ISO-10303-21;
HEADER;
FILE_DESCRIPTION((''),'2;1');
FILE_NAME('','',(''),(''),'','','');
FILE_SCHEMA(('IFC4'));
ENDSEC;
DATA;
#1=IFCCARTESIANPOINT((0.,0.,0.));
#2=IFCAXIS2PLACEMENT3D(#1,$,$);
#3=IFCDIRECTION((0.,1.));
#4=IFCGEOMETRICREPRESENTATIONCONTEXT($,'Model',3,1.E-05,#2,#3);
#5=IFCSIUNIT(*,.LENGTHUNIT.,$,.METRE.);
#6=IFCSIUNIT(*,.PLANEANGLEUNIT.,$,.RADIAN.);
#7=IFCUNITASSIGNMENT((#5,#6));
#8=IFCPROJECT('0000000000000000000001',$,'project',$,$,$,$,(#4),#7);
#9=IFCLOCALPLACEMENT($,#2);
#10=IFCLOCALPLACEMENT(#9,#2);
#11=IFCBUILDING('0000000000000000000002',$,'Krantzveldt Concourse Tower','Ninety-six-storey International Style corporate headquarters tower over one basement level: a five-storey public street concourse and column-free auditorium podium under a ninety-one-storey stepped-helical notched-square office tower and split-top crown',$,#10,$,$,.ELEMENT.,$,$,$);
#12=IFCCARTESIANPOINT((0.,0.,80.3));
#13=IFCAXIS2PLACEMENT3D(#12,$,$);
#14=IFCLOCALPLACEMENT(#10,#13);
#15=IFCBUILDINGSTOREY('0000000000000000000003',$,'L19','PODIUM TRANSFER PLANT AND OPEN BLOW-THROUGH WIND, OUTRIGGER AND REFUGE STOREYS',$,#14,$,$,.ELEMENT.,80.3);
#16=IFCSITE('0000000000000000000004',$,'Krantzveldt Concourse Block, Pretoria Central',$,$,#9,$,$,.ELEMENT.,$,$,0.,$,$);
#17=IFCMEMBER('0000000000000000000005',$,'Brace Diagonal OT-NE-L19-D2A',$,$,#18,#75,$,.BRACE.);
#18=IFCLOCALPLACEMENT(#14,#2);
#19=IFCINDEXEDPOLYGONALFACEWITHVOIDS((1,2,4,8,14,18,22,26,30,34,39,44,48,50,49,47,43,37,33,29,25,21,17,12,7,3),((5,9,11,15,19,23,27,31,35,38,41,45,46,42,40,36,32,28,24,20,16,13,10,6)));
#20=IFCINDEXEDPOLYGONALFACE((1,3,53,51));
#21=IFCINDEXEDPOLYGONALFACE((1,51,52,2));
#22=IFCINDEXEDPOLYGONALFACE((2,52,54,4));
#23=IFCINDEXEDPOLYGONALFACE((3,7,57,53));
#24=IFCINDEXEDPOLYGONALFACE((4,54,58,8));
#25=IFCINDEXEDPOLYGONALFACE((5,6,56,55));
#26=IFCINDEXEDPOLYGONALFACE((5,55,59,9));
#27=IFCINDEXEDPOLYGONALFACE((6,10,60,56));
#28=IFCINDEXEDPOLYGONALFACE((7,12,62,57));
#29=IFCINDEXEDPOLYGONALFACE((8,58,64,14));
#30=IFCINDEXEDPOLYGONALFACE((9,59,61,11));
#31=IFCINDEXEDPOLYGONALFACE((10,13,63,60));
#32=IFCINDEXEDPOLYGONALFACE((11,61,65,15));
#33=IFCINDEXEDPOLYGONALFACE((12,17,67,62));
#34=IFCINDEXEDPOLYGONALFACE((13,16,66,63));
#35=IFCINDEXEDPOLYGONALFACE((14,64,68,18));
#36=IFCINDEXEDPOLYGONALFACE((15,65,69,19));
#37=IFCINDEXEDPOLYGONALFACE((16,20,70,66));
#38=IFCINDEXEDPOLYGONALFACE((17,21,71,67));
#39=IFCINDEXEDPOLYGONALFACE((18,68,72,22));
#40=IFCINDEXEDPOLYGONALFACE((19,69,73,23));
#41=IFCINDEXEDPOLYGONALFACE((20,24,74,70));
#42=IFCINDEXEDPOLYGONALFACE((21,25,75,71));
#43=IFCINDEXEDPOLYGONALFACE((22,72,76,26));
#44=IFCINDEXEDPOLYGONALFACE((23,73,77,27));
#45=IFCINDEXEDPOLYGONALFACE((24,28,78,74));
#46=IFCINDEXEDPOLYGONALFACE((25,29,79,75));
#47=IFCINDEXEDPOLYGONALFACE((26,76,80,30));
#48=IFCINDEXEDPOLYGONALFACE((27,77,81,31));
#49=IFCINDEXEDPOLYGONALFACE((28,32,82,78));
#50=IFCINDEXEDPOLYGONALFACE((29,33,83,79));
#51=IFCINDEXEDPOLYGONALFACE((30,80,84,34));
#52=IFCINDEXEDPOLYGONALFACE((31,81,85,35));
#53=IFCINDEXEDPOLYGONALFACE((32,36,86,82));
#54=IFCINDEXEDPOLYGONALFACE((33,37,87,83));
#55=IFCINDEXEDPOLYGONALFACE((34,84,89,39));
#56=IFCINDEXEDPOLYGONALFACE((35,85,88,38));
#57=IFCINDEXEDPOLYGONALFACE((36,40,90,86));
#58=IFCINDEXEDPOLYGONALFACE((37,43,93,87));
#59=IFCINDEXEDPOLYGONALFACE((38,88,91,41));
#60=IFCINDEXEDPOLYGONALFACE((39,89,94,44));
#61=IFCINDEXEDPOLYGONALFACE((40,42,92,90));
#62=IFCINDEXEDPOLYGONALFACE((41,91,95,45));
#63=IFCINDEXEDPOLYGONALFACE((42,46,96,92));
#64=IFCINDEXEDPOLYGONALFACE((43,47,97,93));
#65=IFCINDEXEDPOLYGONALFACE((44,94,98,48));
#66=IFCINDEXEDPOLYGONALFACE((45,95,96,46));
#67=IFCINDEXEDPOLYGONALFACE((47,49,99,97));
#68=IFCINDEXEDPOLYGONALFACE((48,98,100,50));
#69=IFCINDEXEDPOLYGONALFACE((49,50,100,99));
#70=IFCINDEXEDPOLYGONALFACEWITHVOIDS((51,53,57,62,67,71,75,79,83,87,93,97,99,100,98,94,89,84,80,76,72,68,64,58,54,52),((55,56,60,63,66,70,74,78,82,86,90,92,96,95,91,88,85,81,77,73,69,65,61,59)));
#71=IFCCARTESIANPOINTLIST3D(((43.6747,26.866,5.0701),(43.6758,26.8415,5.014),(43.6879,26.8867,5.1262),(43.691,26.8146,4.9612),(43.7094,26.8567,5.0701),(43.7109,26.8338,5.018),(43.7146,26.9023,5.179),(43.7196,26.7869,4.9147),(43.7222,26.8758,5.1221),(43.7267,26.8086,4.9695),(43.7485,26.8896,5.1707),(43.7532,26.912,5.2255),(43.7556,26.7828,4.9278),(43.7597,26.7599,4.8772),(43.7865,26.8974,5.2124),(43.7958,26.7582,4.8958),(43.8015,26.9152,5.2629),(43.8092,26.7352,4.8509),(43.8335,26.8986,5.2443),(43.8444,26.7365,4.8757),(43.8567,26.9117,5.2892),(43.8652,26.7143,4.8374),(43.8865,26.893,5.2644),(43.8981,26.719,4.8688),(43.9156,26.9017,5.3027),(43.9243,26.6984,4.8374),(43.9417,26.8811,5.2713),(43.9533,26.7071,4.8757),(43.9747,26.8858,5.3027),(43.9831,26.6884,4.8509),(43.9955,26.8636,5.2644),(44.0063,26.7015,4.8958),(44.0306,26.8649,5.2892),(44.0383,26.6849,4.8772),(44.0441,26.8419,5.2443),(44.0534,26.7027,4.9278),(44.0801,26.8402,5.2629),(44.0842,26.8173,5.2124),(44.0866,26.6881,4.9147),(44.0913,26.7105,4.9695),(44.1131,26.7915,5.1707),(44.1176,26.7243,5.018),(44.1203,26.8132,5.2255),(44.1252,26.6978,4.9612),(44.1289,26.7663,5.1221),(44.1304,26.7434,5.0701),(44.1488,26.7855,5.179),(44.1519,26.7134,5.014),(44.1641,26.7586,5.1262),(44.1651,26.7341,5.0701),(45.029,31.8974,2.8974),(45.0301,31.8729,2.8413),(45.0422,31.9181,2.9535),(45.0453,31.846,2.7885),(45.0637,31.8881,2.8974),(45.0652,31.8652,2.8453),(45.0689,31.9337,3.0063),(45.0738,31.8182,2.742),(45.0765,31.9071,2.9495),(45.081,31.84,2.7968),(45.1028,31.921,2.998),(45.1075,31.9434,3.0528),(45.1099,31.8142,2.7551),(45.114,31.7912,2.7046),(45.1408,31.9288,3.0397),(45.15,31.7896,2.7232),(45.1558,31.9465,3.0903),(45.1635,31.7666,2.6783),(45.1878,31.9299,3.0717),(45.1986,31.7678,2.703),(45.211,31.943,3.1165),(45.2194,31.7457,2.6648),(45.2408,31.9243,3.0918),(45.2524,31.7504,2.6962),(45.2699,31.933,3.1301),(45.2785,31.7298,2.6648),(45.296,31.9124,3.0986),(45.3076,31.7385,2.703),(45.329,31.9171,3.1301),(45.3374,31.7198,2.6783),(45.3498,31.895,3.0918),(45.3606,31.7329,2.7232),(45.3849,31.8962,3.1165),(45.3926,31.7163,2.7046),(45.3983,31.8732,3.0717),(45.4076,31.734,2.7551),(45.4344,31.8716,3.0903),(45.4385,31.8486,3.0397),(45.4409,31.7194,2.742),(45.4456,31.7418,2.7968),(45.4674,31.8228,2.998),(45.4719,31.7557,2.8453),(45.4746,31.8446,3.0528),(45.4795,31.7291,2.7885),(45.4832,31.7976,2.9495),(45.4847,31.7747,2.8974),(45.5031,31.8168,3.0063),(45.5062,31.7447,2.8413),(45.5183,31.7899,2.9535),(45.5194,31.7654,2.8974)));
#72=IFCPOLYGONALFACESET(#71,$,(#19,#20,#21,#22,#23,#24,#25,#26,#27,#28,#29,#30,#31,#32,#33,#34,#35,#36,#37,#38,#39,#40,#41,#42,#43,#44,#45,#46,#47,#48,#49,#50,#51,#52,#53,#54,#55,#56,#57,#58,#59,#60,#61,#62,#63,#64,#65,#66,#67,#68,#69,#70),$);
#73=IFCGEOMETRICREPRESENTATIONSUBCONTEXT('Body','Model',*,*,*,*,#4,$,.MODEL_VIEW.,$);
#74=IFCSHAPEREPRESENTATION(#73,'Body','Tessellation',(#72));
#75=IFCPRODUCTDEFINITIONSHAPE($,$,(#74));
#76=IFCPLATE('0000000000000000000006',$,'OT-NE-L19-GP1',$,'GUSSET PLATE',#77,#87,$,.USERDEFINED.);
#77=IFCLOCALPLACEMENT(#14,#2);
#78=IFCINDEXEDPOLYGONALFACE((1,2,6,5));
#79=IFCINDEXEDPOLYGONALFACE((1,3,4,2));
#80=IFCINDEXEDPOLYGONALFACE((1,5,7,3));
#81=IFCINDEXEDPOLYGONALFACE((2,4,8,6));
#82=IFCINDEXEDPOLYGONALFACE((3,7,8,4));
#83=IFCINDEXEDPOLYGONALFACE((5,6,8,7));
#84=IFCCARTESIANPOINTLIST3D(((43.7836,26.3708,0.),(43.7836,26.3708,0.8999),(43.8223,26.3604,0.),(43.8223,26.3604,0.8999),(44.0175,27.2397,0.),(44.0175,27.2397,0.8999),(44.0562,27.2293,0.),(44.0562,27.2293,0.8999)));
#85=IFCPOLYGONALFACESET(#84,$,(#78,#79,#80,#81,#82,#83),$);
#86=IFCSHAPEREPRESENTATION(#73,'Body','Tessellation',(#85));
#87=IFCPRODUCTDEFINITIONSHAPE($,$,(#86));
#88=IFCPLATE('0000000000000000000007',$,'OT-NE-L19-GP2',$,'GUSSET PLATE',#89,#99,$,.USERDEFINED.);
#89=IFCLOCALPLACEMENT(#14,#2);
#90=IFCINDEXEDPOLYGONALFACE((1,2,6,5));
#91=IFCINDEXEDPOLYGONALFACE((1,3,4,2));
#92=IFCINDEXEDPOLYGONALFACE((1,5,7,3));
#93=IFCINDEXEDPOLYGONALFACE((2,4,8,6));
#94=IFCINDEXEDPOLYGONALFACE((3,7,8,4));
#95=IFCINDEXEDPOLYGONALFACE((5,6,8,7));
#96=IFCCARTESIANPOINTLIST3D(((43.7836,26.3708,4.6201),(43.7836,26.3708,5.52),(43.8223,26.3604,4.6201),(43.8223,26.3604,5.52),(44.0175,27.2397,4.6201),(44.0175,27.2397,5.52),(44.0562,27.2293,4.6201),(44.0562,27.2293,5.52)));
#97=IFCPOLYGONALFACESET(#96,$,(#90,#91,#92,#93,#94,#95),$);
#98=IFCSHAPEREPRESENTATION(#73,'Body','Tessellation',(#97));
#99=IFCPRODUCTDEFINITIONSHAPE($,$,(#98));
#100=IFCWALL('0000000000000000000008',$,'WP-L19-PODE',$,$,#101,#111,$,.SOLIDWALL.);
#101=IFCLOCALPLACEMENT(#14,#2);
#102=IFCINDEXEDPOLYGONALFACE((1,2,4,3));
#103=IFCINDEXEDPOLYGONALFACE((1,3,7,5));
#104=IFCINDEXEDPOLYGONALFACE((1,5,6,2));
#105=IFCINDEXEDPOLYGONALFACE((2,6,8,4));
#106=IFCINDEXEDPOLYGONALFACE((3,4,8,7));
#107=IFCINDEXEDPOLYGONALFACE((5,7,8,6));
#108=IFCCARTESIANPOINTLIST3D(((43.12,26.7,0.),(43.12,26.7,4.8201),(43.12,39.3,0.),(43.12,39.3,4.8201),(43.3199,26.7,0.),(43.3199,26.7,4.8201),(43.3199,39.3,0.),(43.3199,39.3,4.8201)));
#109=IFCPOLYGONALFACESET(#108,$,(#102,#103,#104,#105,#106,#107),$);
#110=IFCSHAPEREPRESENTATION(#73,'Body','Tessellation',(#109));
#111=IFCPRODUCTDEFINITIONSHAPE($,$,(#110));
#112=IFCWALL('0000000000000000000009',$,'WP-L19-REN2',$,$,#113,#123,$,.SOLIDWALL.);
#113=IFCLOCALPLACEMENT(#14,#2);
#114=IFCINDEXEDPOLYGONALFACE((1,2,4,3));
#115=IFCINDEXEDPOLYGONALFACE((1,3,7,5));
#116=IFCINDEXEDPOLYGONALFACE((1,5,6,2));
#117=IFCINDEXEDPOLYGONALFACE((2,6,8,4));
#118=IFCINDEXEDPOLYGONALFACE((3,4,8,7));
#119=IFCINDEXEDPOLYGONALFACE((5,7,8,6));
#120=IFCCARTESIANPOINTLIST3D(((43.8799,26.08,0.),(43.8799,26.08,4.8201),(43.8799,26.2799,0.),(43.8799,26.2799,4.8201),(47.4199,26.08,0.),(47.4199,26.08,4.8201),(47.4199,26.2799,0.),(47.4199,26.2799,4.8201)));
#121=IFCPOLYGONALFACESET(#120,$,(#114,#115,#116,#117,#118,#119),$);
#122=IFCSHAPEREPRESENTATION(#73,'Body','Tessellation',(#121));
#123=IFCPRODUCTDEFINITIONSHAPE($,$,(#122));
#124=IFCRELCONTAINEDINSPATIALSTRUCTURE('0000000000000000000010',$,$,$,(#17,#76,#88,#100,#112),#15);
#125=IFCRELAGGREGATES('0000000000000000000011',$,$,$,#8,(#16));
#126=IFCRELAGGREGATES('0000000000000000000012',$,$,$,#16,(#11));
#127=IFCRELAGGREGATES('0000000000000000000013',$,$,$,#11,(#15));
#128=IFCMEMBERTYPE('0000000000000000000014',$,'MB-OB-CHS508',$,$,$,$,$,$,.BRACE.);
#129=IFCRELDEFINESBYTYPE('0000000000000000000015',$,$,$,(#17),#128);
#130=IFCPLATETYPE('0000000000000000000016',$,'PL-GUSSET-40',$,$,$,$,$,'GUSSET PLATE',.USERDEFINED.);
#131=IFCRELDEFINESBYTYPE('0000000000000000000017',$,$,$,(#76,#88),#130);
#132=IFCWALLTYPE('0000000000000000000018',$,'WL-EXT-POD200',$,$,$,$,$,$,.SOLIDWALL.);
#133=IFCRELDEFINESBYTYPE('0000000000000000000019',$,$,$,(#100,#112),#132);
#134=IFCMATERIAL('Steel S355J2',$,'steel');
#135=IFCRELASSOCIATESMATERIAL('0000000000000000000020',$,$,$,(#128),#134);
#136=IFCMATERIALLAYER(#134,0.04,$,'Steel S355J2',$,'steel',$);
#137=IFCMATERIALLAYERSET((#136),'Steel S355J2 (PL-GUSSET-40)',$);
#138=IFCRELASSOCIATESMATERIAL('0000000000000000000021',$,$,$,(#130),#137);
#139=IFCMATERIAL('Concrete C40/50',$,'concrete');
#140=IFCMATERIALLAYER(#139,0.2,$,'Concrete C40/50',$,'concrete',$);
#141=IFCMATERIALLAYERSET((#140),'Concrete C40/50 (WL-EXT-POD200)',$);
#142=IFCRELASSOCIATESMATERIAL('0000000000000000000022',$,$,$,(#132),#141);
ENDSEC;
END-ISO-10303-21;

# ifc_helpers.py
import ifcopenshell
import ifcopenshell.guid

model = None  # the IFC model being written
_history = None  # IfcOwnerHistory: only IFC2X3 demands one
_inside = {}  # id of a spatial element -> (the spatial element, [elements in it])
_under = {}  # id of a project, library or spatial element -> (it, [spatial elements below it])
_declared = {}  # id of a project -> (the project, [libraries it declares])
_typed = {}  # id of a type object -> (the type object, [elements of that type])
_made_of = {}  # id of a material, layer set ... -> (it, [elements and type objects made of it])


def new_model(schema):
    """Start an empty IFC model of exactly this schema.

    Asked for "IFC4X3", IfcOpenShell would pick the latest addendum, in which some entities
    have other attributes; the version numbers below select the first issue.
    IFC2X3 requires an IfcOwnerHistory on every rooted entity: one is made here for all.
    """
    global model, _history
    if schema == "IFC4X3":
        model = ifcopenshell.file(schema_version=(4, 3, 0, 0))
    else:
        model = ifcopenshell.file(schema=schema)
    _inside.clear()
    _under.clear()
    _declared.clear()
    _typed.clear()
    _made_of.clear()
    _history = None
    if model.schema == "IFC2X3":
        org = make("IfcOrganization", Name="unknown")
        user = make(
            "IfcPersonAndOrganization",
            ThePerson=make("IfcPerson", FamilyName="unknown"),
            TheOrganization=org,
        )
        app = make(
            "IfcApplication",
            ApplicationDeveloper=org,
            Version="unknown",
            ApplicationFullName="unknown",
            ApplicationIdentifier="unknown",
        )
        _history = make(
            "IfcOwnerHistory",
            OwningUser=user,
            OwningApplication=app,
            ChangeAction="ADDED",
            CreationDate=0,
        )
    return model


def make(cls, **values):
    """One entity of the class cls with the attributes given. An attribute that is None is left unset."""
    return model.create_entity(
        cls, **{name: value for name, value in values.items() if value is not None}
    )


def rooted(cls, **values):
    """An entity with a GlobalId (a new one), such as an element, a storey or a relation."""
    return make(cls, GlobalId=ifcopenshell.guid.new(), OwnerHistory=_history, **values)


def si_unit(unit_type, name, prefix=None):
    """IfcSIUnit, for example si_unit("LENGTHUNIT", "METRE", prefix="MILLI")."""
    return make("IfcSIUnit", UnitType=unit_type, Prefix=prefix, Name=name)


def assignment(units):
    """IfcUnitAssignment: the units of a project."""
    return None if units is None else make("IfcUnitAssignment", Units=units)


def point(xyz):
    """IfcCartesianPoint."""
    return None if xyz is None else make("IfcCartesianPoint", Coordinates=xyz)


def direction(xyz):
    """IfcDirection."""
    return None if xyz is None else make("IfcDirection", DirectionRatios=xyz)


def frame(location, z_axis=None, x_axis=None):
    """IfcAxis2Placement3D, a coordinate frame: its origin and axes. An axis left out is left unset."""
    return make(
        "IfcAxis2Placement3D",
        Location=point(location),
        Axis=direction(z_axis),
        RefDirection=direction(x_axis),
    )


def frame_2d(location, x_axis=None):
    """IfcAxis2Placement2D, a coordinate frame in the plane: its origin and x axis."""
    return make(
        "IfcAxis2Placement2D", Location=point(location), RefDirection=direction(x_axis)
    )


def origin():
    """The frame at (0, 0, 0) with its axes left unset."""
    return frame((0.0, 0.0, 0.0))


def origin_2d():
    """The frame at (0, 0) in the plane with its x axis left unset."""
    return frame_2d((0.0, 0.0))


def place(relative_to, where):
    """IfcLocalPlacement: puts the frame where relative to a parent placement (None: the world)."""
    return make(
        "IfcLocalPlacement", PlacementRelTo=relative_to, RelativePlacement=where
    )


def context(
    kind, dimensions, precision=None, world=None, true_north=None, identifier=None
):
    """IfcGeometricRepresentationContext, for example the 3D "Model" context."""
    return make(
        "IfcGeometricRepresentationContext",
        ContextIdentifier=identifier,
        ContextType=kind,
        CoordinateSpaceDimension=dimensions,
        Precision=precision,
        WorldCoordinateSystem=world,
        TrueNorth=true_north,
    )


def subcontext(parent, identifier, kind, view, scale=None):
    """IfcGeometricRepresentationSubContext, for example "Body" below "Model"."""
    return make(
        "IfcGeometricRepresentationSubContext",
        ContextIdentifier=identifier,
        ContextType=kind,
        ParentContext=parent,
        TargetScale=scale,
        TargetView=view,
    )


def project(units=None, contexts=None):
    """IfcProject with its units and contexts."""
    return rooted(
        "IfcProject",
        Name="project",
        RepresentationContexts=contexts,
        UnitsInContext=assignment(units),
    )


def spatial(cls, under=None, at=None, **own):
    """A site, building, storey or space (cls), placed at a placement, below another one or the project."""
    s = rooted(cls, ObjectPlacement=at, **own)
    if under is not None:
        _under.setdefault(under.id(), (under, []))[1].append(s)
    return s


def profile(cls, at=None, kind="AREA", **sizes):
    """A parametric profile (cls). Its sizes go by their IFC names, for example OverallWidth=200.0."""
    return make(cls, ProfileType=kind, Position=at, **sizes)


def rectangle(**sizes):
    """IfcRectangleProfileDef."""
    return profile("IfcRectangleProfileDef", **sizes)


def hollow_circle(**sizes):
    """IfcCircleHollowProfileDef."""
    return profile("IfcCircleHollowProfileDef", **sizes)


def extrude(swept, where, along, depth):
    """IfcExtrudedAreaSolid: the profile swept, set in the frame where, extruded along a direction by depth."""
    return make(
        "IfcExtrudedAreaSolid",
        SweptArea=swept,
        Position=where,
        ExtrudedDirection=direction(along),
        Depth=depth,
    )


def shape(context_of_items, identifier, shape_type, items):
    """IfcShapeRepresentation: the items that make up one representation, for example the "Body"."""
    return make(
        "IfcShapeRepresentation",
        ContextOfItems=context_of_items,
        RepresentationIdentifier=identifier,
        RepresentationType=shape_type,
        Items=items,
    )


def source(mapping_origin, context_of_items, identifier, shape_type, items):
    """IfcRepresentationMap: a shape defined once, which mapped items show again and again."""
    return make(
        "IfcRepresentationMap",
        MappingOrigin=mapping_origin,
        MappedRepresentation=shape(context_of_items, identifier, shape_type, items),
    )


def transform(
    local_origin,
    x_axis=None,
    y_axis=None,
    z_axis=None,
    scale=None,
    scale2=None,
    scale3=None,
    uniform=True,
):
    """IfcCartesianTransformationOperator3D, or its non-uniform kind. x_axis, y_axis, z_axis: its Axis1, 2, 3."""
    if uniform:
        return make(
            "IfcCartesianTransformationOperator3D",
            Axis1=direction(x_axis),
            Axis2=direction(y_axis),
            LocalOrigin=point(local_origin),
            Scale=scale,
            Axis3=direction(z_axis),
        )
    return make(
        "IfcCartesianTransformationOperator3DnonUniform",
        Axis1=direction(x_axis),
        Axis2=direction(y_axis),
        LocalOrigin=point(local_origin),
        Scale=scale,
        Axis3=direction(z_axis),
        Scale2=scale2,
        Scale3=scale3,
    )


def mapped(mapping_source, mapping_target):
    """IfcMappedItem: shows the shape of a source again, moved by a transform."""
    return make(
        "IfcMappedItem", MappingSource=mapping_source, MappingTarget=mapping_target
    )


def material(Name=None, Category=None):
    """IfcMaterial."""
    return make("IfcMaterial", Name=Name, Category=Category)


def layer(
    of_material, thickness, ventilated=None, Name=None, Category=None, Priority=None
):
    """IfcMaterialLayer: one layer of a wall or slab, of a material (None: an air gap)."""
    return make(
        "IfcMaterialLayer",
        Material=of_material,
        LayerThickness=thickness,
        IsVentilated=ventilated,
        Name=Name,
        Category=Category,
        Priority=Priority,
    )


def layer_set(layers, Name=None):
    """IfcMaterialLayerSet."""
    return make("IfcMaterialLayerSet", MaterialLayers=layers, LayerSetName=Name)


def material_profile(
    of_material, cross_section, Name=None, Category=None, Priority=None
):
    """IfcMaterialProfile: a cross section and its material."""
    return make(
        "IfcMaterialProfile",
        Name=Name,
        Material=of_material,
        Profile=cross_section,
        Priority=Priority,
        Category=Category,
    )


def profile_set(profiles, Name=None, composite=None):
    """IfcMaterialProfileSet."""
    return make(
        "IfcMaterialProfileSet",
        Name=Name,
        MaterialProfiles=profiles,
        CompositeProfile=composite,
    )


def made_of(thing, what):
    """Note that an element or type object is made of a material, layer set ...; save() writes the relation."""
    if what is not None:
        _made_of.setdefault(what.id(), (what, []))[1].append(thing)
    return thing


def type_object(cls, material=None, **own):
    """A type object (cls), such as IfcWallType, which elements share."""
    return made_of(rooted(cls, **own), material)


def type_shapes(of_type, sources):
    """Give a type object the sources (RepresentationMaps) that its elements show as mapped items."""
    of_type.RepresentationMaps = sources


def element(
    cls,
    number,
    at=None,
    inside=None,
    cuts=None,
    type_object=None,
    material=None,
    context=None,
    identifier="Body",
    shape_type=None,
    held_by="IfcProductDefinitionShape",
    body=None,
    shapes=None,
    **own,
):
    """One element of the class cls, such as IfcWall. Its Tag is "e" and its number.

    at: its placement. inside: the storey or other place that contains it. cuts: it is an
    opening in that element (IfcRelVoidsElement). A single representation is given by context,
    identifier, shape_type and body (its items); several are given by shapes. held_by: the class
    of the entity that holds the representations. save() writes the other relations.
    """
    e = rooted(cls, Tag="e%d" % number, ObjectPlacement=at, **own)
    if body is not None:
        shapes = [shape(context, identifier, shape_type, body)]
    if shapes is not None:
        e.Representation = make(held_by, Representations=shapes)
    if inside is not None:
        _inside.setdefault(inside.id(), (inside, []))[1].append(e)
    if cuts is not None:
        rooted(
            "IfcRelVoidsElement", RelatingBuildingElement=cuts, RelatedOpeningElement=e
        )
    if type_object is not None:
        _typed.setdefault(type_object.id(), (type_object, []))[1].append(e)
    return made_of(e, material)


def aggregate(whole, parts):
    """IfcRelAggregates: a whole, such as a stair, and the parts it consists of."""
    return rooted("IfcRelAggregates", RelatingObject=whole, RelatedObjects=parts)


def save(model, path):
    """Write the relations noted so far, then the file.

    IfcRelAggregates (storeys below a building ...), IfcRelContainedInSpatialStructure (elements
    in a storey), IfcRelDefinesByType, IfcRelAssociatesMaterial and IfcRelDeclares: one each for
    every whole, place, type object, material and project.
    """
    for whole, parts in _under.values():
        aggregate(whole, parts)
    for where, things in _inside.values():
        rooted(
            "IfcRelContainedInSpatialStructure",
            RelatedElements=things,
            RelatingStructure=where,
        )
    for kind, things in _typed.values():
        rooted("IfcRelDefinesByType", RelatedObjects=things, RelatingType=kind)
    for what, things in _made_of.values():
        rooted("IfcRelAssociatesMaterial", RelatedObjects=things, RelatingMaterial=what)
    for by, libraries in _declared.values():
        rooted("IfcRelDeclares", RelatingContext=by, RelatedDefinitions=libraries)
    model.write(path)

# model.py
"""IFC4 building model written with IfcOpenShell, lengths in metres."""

from ifc_helpers import new_model, si_unit, direction, frame, frame_2d, origin, origin_2d, place, context, subcontext, project, spatial, rectangle, hollow_circle, extrude, source, transform, mapped, material, layer, layer_set, material_profile, profile_set, type_object, type_shapes, element, save


model = new_model("IFC4")

# Units and contexts
model_context = context("Model", 3, precision=1e-05, world=origin(), true_north=direction((0.0, 1.0)))
body_context = subcontext(model_context, "Body", "Model", "MODEL_VIEW")
ifc_project = project(units=[si_unit("LENGTHUNIT", "METRE"), si_unit("PLANEANGLEUNIT", "RADIAN")], contexts=[model_context])

# Site, building, storey
site_placement = place(None, origin())
site = spatial("IfcSite", under=ifc_project, at=site_placement, Name="Krantzveldt Concourse Block, Pretoria Central", CompositionType="ELEMENT", RefElevation=0.0)
building_placement = place(site_placement, origin())
building = spatial("IfcBuilding", under=site, at=building_placement, Name="Krantzveldt Concourse Tower", Description="Ninety-six-storey International Style corporate headquarters tower over one basement level: a five-storey public street concourse and column-free auditorium podium under a ninety-one-storey stepped-helical notched-square office tower and split-top crown", CompositionType="ELEMENT")
storey_placement = place(building_placement, frame((0.0, 0.0, 80.3)))
storey = spatial("IfcBuildingStorey", under=building, at=storey_placement, Name="L19", Description="PODIUM TRANSFER PLANT AND OPEN BLOW-THROUGH WIND, OUTRIGGER AND REFUGE STOREYS", CompositionType="ELEMENT", Elevation=80.3)

# Shared definitions
ifc_material_1 = material(Name="Steel S355J2", Category="steel")

# Member
ifc_material_profile_1 = material_profile(ifc_material_1, hollow_circle(Radius=0.2539, WallThickness=0.0359, at=origin_2d()), Name="Steel S355J2", Category="steel")
ifc_profile_set_1 = profile_set([ifc_material_profile_1], Name="Steel S355J2 - CHS 508x36")
member_type = type_object("IfcMemberType", Name="MB-OB-CHS508", PredefinedType="BRACE", material=ifc_profile_set_1)
shared_shape_1 = source(origin(), body_context, "Body", "SweptSolid", [
    extrude(hollow_circle(Radius=0.2539, WallThickness=0.0359, at=origin_2d()), origin(), (0.0, 0.0, 1.0), 5.6453),
])
member_1_placement = place(storey_placement, frame((43.9199, 26.8, 5.0701), z_axis=(0.239896, 0.891252, -0.384863), x_axis=(-0.965631, 0.259916, 0.0)))
element("IfcMember", 1, at=member_1_placement, inside=storey, type_object=member_type, Name="Brace Diagonal OT-NE-L19-D2A", PredefinedType="BRACE", context=body_context, shape_type="MappedRepresentation", body=[
    mapped(shared_shape_1, transform((0.0, 0.0, 0.0), x_axis=(1.0, 0.0, 0.0), y_axis=(0.0, 1.0, 0.0), z_axis=(0.0, 0.0, 1.0), scale=1.0)),
])

# Plates
ifc_layer_1 = layer(ifc_material_1, 0.04, Name="Steel S355J2", Category="steel")
ifc_layer_set_1 = layer_set([ifc_layer_1], Name="Steel S355J2 (PL-GUSSET-40)")
plate_type = type_object("IfcPlateType", Name="PL-GUSSET-40", ElementType="GUSSET PLATE", PredefinedType="USERDEFINED", material=ifc_layer_set_1)
shared_shape_2 = source(origin(), body_context, "Body", "SweptSolid", [
    extrude(rectangle(XDim=0.8999, YDim=0.04, at=origin_2d()), origin(), (0.0, 0.0, 1.0), 0.8999),
])
type_shapes(plate_type, [shared_shape_2])
for number, where, z_axis, x_axis, name in (
    (2, (43.9199, 26.8, 0.0), (0.0, 0.0, 1.0), (0.259915, 0.965632, 0.0), "OT-NE-L19-GP1"),
    (3, (43.9199, 26.8, 4.6201), (0.0, 0.0, 1.0), (0.259915, 0.965632, 0.0), "OT-NE-L19-GP2"),
):
    element("IfcPlate", number, at=place(storey_placement, frame(where, z_axis=z_axis, x_axis=x_axis)), inside=storey, type_object=plate_type, Name=name, ObjectType="GUSSET PLATE", PredefinedType="USERDEFINED", context=body_context, shape_type="MappedRepresentation", body=[
        mapped(shared_shape_2, transform((0.0, 0.0, 0.0), x_axis=(1.0, 0.0, 0.0), y_axis=(0.0, 1.0, 0.0), z_axis=(0.0, 0.0, 1.0), scale=1.0)),
    ])

# Walls
ifc_material_2 = material(Name="Concrete C40/50", Category="concrete")
ifc_layer_2 = layer(ifc_material_2, 0.2, Name="Concrete C40/50", Category="concrete")
ifc_layer_set_2 = layer_set([ifc_layer_2], Name="Concrete C40/50 (WL-EXT-POD200)")
wall_type_1 = type_object("IfcWallType", Name="WL-EXT-POD200", PredefinedType="SOLIDWALL", material=ifc_layer_set_2)
wall_1_placement = place(storey_placement, frame((43.22, 26.7, 0.0), z_axis=(0.0, 0.0, 1.0), x_axis=(0.0, 1.0, 0.0)))
element("IfcWall", 4, at=wall_1_placement, inside=storey, type_object=wall_type_1, Name="WP-L19-PODE", PredefinedType="SOLIDWALL", context=body_context, shape_type="SweptSolid", body=[
    extrude(rectangle(XDim=12.6001, YDim=0.2, at=frame_2d((6.3, 0.0))), origin(), (0.0, 0.0, 1.0), 4.8201),
])
wall_2_placement = place(storey_placement, frame((43.8799, 26.1799, 0.0), z_axis=(0.0, 0.0, 1.0), x_axis=(1.0, 0.0, 0.0)))
element("IfcWall", 5, at=wall_2_placement, inside=storey, type_object=wall_type_1, Name="WP-L19-REN2", PredefinedType="SOLIDWALL", context=body_context, shape_type="SweptSolid", body=[
    extrude(rectangle(XDim=3.54, YDim=0.2, at=frame_2d((1.77, 0.0))), origin(), (0.0, 0.0, 1.0), 4.8201),
])

save(model, "model.ifc")
